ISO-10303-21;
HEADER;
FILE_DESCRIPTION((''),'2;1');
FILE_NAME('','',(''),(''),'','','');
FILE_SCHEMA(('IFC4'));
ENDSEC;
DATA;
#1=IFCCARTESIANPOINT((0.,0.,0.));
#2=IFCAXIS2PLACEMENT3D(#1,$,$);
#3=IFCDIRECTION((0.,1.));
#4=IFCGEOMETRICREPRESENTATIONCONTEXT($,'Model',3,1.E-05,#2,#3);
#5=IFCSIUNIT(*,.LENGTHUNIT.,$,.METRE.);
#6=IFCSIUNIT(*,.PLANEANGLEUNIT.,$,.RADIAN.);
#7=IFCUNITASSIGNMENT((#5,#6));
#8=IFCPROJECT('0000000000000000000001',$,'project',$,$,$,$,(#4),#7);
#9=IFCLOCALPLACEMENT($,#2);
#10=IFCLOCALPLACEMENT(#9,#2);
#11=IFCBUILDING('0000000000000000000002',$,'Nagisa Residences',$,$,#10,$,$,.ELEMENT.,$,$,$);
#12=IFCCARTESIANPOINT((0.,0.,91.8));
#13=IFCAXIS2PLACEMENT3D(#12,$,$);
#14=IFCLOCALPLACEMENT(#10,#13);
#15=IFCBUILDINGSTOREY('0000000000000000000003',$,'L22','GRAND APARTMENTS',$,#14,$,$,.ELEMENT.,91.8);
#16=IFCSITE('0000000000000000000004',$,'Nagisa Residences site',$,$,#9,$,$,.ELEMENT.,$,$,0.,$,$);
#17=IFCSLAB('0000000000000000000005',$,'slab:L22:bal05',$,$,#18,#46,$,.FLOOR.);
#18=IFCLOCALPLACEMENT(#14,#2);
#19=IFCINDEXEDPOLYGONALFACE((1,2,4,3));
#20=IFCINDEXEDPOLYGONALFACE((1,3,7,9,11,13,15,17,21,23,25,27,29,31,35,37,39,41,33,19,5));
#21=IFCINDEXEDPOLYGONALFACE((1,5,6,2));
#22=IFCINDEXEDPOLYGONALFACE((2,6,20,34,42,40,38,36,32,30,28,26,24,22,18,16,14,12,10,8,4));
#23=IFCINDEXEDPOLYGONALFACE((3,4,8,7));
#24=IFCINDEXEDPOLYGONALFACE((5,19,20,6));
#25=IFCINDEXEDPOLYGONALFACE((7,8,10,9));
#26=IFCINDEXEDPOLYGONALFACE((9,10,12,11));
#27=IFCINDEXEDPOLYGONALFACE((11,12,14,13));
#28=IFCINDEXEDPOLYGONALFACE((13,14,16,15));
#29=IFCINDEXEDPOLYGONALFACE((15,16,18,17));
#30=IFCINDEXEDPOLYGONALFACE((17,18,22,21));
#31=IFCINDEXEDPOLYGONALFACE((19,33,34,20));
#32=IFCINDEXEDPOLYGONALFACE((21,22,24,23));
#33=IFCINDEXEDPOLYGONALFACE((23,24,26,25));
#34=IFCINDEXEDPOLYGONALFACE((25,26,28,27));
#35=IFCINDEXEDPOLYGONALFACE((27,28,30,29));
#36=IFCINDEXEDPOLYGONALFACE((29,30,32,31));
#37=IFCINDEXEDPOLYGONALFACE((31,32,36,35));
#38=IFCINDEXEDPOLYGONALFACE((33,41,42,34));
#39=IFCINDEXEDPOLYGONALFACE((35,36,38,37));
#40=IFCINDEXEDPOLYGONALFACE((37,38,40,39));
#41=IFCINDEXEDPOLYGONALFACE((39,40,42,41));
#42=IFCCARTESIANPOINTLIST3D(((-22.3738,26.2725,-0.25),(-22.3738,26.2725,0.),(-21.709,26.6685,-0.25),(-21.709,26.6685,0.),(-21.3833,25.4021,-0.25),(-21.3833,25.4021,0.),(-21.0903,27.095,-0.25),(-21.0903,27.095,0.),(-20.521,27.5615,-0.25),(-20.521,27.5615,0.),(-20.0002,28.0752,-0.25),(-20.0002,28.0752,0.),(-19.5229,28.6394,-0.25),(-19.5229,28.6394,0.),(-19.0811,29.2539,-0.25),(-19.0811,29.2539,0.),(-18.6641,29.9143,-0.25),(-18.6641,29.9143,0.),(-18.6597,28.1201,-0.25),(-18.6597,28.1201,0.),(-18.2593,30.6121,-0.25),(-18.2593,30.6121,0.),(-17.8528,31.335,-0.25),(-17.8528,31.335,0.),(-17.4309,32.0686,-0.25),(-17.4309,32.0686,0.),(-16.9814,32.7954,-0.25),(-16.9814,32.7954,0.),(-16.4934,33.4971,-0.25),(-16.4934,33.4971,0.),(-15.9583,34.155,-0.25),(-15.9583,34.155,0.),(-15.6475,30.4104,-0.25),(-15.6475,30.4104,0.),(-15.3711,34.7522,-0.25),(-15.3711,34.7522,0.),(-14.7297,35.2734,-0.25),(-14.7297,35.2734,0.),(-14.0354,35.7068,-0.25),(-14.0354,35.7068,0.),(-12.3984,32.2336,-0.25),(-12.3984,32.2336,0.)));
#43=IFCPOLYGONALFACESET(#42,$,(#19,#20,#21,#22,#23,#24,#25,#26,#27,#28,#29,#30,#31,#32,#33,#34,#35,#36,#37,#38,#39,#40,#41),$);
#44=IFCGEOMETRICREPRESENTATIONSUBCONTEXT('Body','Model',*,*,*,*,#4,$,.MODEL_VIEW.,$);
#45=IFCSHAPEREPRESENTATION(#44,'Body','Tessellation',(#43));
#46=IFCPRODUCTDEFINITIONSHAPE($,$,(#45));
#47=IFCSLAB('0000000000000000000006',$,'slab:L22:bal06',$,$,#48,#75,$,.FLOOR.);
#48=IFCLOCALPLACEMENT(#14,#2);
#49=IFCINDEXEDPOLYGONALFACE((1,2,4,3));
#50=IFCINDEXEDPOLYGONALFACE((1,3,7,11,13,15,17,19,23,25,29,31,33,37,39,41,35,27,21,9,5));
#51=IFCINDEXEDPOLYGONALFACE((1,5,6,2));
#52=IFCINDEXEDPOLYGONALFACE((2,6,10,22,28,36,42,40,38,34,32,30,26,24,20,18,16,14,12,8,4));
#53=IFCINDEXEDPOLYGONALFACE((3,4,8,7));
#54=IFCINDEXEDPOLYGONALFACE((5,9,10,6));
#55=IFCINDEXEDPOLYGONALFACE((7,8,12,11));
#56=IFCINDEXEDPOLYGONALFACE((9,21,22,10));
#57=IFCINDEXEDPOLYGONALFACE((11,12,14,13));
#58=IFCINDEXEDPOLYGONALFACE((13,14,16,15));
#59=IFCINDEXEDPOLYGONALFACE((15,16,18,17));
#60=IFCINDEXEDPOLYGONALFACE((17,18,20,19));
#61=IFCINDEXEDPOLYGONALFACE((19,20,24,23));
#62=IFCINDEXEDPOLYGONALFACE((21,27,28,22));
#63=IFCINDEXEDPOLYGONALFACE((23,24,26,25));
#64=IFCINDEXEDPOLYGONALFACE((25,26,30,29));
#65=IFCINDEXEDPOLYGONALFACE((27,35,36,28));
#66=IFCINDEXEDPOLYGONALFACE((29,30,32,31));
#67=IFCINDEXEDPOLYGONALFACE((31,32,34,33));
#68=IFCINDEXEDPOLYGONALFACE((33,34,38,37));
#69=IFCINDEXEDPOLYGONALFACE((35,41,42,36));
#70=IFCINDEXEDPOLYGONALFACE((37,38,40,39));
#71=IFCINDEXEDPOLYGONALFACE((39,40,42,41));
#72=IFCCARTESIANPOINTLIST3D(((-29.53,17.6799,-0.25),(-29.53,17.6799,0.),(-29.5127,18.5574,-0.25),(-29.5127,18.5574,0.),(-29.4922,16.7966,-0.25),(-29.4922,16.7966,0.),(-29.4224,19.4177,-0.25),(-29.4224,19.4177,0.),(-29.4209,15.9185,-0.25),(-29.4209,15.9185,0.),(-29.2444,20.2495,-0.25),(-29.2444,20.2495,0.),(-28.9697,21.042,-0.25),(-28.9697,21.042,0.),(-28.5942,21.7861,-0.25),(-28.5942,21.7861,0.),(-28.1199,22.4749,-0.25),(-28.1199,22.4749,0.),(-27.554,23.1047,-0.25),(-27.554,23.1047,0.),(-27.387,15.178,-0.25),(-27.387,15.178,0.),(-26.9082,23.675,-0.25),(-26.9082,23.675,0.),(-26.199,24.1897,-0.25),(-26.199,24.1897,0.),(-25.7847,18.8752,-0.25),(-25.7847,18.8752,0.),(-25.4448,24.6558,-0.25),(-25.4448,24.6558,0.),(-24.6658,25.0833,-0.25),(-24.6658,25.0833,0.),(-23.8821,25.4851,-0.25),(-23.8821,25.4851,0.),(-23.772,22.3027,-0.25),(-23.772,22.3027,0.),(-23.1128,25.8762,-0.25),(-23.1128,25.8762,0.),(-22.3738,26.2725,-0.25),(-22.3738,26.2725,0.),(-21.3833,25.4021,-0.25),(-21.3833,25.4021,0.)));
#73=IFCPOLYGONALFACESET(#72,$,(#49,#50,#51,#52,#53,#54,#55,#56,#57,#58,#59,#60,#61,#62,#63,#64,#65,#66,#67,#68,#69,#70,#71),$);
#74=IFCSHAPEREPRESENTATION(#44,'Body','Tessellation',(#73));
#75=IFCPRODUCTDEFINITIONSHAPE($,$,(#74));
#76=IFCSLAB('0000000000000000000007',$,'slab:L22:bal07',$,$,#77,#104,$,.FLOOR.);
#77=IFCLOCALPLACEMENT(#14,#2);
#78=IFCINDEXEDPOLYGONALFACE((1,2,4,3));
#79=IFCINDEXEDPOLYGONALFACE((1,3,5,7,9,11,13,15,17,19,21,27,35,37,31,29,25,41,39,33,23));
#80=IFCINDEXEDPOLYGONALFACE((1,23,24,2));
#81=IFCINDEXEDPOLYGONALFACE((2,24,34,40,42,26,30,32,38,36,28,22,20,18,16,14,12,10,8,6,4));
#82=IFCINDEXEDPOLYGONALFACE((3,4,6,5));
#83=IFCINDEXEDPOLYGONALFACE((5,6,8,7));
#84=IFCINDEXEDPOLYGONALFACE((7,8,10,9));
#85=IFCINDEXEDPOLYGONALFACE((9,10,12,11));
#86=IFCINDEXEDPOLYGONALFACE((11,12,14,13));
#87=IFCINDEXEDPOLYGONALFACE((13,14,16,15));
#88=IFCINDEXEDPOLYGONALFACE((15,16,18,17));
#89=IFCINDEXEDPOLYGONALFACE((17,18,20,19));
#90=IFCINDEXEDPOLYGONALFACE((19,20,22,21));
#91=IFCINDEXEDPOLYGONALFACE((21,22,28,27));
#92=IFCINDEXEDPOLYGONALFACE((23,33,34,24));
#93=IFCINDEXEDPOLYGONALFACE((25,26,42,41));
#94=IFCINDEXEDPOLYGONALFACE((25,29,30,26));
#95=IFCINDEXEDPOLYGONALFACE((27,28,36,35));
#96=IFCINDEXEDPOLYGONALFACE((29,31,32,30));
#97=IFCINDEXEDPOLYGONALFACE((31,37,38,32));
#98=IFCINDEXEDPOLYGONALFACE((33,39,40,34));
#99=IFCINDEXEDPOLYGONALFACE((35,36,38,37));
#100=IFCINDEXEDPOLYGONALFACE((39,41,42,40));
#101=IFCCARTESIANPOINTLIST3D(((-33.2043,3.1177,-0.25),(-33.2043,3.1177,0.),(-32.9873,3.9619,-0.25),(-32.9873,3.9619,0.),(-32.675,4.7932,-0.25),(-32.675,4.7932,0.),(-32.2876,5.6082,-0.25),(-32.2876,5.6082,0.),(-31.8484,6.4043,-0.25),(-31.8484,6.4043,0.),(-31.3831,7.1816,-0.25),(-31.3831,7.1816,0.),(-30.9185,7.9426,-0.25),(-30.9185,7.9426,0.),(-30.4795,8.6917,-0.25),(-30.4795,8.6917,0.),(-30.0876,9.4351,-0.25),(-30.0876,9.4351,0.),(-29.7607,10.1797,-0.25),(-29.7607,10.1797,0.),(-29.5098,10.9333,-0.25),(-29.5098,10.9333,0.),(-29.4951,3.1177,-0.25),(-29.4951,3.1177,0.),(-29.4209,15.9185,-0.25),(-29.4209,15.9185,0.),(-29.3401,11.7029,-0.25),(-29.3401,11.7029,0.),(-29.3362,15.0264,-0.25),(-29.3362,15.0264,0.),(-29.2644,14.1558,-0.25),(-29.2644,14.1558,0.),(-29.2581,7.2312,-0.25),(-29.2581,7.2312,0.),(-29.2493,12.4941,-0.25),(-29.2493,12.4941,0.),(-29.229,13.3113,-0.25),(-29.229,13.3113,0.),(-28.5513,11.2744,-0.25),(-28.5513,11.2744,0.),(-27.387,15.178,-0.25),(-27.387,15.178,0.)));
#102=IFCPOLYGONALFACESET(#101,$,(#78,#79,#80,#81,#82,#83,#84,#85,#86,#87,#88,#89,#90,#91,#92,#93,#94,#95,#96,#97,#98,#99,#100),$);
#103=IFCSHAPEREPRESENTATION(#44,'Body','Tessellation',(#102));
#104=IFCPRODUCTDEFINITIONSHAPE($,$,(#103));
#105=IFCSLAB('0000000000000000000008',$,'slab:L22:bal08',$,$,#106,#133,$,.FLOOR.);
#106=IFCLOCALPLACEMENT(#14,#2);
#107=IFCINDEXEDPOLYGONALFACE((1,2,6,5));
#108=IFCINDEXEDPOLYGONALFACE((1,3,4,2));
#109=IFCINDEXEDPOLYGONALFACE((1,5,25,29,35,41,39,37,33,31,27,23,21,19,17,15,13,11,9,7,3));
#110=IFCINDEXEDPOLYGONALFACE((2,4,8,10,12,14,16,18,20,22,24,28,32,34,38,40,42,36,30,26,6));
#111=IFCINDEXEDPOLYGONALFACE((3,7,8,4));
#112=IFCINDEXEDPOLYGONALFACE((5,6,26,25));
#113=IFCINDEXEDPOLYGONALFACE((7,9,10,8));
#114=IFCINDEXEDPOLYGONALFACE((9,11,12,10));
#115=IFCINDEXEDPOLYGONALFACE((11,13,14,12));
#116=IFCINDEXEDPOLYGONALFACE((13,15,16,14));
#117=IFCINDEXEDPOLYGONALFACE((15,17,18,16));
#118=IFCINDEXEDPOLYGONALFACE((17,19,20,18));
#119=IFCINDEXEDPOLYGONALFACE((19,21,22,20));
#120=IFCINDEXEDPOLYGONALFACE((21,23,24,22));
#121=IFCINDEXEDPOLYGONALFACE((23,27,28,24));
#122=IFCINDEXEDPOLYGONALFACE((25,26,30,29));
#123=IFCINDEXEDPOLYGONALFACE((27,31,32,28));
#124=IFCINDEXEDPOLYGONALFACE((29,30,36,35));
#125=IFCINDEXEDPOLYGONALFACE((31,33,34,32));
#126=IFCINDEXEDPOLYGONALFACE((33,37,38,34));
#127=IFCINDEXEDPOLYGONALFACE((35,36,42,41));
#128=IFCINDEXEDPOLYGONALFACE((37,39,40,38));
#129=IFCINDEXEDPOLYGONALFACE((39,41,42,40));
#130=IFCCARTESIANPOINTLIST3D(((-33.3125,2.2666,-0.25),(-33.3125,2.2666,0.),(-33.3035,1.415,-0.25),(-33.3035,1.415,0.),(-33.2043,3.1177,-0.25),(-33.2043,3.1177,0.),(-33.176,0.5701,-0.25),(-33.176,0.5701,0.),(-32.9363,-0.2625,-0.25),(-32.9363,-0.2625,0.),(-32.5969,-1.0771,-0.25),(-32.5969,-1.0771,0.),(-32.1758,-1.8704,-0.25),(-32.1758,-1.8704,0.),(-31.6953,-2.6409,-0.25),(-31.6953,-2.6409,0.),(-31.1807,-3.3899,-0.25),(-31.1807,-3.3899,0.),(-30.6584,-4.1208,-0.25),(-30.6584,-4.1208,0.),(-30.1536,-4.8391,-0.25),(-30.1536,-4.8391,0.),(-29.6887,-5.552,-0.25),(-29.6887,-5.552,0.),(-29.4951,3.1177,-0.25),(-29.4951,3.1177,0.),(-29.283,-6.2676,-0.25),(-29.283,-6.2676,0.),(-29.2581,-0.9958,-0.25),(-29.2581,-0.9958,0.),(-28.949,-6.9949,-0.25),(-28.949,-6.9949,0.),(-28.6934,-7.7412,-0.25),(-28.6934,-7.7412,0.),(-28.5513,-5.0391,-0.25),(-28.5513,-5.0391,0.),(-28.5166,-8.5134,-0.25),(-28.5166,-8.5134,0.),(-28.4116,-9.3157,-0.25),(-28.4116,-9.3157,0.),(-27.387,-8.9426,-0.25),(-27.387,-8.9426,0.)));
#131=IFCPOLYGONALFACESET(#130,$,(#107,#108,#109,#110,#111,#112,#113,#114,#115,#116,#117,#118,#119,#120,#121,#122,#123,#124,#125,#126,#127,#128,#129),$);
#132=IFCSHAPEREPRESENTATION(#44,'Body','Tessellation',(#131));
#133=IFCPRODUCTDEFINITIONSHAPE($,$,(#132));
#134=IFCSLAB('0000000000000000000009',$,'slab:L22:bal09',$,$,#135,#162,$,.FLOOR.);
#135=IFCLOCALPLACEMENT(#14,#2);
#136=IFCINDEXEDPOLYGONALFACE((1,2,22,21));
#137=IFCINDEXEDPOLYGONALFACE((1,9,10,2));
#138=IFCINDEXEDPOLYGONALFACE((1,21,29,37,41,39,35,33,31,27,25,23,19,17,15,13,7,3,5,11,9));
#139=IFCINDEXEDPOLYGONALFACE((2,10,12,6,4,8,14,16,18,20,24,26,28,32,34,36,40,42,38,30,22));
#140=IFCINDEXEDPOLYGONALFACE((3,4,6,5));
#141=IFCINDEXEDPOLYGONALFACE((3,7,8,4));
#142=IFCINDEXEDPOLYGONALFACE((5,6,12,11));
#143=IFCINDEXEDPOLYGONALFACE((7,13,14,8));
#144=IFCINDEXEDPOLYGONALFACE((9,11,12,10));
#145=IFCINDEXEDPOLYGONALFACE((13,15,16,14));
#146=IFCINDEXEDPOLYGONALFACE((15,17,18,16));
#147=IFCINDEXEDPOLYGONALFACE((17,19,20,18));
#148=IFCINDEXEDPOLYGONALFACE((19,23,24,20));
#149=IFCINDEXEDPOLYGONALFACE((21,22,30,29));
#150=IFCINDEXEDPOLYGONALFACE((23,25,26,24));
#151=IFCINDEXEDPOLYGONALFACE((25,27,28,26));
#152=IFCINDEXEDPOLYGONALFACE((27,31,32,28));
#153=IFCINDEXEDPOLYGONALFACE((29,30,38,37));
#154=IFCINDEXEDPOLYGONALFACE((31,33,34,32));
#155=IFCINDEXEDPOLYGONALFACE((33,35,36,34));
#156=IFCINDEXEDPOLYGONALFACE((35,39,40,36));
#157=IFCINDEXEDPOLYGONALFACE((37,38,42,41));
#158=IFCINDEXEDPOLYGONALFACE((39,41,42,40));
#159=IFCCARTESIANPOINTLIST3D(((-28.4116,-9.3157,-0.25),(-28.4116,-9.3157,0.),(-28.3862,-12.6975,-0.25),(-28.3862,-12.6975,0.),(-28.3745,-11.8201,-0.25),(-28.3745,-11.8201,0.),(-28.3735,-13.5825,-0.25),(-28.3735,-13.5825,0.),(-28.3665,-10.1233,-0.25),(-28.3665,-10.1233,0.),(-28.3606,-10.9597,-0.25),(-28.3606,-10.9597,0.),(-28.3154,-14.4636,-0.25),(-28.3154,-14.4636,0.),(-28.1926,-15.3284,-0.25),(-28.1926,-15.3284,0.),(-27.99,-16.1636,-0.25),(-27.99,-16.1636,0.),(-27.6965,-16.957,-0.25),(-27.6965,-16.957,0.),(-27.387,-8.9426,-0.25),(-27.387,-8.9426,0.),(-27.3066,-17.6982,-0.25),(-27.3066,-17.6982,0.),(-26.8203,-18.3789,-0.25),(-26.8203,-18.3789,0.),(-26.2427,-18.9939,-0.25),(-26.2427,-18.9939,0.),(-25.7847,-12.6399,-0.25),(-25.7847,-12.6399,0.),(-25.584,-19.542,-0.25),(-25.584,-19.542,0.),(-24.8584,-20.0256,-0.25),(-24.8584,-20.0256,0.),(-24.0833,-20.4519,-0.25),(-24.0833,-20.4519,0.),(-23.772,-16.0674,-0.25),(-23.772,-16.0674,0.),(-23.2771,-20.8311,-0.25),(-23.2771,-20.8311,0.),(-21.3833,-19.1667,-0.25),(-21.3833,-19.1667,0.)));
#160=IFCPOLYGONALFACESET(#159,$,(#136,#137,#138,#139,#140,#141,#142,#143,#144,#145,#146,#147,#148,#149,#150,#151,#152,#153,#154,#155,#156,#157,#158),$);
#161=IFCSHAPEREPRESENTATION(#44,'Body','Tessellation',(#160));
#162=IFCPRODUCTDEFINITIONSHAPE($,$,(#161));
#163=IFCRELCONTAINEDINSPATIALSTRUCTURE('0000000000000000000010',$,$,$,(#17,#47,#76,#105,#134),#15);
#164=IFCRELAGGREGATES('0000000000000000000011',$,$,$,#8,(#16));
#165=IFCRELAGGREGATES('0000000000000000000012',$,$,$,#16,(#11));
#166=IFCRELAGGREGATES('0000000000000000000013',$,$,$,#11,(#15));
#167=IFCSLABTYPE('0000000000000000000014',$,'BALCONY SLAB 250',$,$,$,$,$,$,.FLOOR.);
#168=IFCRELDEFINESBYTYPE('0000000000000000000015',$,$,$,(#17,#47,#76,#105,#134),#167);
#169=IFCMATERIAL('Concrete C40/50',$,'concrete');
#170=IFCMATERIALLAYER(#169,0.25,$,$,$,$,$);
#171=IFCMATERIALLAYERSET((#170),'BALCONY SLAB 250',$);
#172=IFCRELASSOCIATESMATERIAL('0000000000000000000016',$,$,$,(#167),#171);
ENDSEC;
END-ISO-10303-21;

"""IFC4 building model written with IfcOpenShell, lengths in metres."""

from ifc_helpers import new_model, si_unit, direction, frame, origin, place, context, subcontext, project, spatial, polyline, outline, extrude, material, layer, layer_set, type_object, element, save


model = new_model("IFC4")

# Units and contexts
model_context = context("Model", 3, precision=1e-05, world=origin(), true_north=direction((0.0, 1.0)))
body_context = subcontext(model_context, "Body", "Model", "MODEL_VIEW")
ifc_project = project(units=[si_unit("LENGTHUNIT", "METRE"), si_unit("PLANEANGLEUNIT", "RADIAN")], contexts=[model_context])

# Site, building, storey
site_placement = place(None, origin())
site = spatial("IfcSite", under=ifc_project, at=site_placement, Name="Nagisa Residences site", CompositionType="ELEMENT", RefElevation=0.0)
building_placement = place(site_placement, origin())
building = spatial("IfcBuilding", under=site, at=building_placement, Name="Nagisa Residences", CompositionType="ELEMENT")
storey_placement = place(building_placement, frame((0.0, 0.0, 91.8)))
storey = spatial("IfcBuildingStorey", under=building, at=storey_placement, Name="L22", Description="GRAND APARTMENTS", CompositionType="ELEMENT", Elevation=91.8)

# Slabs
ifc_material_1 = material(Name="Concrete C40/50", Category="concrete")
ifc_layer_1 = layer(ifc_material_1, 0.25)
ifc_layer_set_1 = layer_set([ifc_layer_1], Name="BALCONY SLAB 250")
slab_type_1 = type_object("IfcSlabType", Name="BALCONY SLAB 250", PredefinedType="FLOOR", material=ifc_layer_set_1)
slab_1_placement = place(storey_placement, frame((0.0, 0.0, -0.25)))
element("IfcSlab", 1, at=slab_1_placement, inside=storey, type_object=slab_type_1, Name="slab:L22:bal05", PredefinedType="FLOOR", context=body_context, shape_type="SweptSolid", body=[
    extrude(outline(polyline([(-14.0354, 35.7068), (-14.7297, 35.2734), (-15.3711, 34.7522), (-15.9583, 34.155), (-16.4934, 33.4971), (-16.9814, 32.7954), (-17.4309, 32.0686), (-17.8528, 31.335), (-18.2593, 30.6121), (-18.6641, 29.9143), (-19.0811, 29.2539), (-19.5229, 28.6394), (-20.0002, 28.0752), (-20.521, 27.5615), (-21.0903, 27.095), (-21.709, 26.6685), (-22.3738, 26.2725), (-21.3833, 25.4021), (-18.6597, 28.1201), (-15.6475, 30.4104), (-12.3984, 32.2336), (-14.0354, 35.7068)])), origin(), (0.0, 0.0, 1.0), 0.25),
])
slab_2_placement = place(storey_placement, frame((0.0, 0.0, -0.25)))
element("IfcSlab", 2, at=slab_2_placement, inside=storey, type_object=slab_type_1, Name="slab:L22:bal06", PredefinedType="FLOOR", context=body_context, shape_type="SweptSolid", body=[
    extrude(outline(polyline([(-22.3738, 26.2725), (-23.1128, 25.8762), (-23.8821, 25.4851), (-24.6658, 25.0833), (-25.4448, 24.6558), (-26.199, 24.1897), (-26.9082, 23.675), (-27.554, 23.1047), (-28.1199, 22.4749), (-28.5942, 21.7861), (-28.9697, 21.042), (-29.2444, 20.2495), (-29.4224, 19.4177), (-29.5127, 18.5574), (-29.53, 17.6799), (-29.4922, 16.7966), (-29.4209, 15.9185), (-27.387, 15.178), (-25.7847, 18.8752), (-23.772, 22.3027), (-21.3833, 25.4021), (-22.3738, 26.2725)])), origin(), (0.0, 0.0, 1.0), 0.25),
])
slab_3_placement = place(storey_placement, frame((0.0, 0.0, -0.25)))
element("IfcSlab", 3, at=slab_3_placement, inside=storey, type_object=slab_type_1, Name="slab:L22:bal07", PredefinedType="FLOOR", context=body_context, shape_type="SweptSolid", body=[
    extrude(outline(polyline([(-29.4209, 15.9185), (-29.3362, 15.0264), (-29.2644, 14.1558), (-29.229, 13.3113), (-29.2493, 12.4941), (-29.3401, 11.7029), (-29.5098, 10.9333), (-29.7607, 10.1797), (-30.0876, 9.4351), (-30.4795, 8.6917), (-30.9185, 7.9426), (-31.3831, 7.1816), (-31.8484, 6.4043), (-32.2876, 5.6082), (-32.675, 4.7932), (-32.9873, 3.9619), (-33.2043, 3.1177), (-29.4951, 3.1177), (-29.2581, 7.2312), (-28.5513, 11.2744), (-27.387, 15.178), (-29.4209, 15.9185)])), origin(), (0.0, 0.0, 1.0), 0.25),
])
slab_4_placement = place(storey_placement, frame((0.0, 0.0, -0.25)))
element("IfcSlab", 4, at=slab_4_placement, inside=storey, type_object=slab_type_1, Name="slab:L22:bal08", PredefinedType="FLOOR", context=body_context, shape_type="SweptSolid", body=[
    extrude(outline(polyline([(-33.2043, 3.1177), (-33.3125, 2.2666), (-33.3035, 1.415), (-33.176, 0.5701), (-32.9363, -0.2625), (-32.5969, -1.0771), (-32.1758, -1.8704), (-31.6953, -2.6409), (-31.1807, -3.3899), (-30.6584, -4.1208), (-30.1536, -4.8391), (-29.6887, -5.552), (-29.283, -6.2676), (-28.949, -6.9949), (-28.6934, -7.7412), (-28.5166, -8.5134), (-28.4116, -9.3157), (-27.387, -8.9426), (-28.5513, -5.0391), (-29.2581, -0.9958), (-29.4951, 3.1177), (-33.2043, 3.1177)])), origin(), (0.0, 0.0, 1.0), 0.25),
])
slab_5_placement = place(storey_placement, frame((0.0, 0.0, -0.25)))
element("IfcSlab", 5, at=slab_5_placement, inside=storey, type_object=slab_type_1, Name="slab:L22:bal09", PredefinedType="FLOOR", context=body_context, shape_type="SweptSolid", body=[
    extrude(outline(polyline([(-28.4116, -9.3157), (-28.3665, -10.1233), (-28.3606, -10.9597), (-28.3745, -11.8201), (-28.3862, -12.6975), (-28.3735, -13.5825), (-28.3154, -14.4636), (-28.1926, -15.3284), (-27.99, -16.1636), (-27.6965, -16.957), (-27.3066, -17.6982), (-26.8203, -18.3789), (-26.2427, -18.9939), (-25.584, -19.542), (-24.8584, -20.0256), (-24.0833, -20.4519), (-23.2771, -20.8311), (-21.3833, -19.1667), (-23.772, -16.0674), (-25.7847, -12.6399), (-27.387, -8.9426), (-28.4116, -9.3157)])), origin(), (0.0, 0.0, 1.0), 0.25),
])

save(model, "model.ifc")
